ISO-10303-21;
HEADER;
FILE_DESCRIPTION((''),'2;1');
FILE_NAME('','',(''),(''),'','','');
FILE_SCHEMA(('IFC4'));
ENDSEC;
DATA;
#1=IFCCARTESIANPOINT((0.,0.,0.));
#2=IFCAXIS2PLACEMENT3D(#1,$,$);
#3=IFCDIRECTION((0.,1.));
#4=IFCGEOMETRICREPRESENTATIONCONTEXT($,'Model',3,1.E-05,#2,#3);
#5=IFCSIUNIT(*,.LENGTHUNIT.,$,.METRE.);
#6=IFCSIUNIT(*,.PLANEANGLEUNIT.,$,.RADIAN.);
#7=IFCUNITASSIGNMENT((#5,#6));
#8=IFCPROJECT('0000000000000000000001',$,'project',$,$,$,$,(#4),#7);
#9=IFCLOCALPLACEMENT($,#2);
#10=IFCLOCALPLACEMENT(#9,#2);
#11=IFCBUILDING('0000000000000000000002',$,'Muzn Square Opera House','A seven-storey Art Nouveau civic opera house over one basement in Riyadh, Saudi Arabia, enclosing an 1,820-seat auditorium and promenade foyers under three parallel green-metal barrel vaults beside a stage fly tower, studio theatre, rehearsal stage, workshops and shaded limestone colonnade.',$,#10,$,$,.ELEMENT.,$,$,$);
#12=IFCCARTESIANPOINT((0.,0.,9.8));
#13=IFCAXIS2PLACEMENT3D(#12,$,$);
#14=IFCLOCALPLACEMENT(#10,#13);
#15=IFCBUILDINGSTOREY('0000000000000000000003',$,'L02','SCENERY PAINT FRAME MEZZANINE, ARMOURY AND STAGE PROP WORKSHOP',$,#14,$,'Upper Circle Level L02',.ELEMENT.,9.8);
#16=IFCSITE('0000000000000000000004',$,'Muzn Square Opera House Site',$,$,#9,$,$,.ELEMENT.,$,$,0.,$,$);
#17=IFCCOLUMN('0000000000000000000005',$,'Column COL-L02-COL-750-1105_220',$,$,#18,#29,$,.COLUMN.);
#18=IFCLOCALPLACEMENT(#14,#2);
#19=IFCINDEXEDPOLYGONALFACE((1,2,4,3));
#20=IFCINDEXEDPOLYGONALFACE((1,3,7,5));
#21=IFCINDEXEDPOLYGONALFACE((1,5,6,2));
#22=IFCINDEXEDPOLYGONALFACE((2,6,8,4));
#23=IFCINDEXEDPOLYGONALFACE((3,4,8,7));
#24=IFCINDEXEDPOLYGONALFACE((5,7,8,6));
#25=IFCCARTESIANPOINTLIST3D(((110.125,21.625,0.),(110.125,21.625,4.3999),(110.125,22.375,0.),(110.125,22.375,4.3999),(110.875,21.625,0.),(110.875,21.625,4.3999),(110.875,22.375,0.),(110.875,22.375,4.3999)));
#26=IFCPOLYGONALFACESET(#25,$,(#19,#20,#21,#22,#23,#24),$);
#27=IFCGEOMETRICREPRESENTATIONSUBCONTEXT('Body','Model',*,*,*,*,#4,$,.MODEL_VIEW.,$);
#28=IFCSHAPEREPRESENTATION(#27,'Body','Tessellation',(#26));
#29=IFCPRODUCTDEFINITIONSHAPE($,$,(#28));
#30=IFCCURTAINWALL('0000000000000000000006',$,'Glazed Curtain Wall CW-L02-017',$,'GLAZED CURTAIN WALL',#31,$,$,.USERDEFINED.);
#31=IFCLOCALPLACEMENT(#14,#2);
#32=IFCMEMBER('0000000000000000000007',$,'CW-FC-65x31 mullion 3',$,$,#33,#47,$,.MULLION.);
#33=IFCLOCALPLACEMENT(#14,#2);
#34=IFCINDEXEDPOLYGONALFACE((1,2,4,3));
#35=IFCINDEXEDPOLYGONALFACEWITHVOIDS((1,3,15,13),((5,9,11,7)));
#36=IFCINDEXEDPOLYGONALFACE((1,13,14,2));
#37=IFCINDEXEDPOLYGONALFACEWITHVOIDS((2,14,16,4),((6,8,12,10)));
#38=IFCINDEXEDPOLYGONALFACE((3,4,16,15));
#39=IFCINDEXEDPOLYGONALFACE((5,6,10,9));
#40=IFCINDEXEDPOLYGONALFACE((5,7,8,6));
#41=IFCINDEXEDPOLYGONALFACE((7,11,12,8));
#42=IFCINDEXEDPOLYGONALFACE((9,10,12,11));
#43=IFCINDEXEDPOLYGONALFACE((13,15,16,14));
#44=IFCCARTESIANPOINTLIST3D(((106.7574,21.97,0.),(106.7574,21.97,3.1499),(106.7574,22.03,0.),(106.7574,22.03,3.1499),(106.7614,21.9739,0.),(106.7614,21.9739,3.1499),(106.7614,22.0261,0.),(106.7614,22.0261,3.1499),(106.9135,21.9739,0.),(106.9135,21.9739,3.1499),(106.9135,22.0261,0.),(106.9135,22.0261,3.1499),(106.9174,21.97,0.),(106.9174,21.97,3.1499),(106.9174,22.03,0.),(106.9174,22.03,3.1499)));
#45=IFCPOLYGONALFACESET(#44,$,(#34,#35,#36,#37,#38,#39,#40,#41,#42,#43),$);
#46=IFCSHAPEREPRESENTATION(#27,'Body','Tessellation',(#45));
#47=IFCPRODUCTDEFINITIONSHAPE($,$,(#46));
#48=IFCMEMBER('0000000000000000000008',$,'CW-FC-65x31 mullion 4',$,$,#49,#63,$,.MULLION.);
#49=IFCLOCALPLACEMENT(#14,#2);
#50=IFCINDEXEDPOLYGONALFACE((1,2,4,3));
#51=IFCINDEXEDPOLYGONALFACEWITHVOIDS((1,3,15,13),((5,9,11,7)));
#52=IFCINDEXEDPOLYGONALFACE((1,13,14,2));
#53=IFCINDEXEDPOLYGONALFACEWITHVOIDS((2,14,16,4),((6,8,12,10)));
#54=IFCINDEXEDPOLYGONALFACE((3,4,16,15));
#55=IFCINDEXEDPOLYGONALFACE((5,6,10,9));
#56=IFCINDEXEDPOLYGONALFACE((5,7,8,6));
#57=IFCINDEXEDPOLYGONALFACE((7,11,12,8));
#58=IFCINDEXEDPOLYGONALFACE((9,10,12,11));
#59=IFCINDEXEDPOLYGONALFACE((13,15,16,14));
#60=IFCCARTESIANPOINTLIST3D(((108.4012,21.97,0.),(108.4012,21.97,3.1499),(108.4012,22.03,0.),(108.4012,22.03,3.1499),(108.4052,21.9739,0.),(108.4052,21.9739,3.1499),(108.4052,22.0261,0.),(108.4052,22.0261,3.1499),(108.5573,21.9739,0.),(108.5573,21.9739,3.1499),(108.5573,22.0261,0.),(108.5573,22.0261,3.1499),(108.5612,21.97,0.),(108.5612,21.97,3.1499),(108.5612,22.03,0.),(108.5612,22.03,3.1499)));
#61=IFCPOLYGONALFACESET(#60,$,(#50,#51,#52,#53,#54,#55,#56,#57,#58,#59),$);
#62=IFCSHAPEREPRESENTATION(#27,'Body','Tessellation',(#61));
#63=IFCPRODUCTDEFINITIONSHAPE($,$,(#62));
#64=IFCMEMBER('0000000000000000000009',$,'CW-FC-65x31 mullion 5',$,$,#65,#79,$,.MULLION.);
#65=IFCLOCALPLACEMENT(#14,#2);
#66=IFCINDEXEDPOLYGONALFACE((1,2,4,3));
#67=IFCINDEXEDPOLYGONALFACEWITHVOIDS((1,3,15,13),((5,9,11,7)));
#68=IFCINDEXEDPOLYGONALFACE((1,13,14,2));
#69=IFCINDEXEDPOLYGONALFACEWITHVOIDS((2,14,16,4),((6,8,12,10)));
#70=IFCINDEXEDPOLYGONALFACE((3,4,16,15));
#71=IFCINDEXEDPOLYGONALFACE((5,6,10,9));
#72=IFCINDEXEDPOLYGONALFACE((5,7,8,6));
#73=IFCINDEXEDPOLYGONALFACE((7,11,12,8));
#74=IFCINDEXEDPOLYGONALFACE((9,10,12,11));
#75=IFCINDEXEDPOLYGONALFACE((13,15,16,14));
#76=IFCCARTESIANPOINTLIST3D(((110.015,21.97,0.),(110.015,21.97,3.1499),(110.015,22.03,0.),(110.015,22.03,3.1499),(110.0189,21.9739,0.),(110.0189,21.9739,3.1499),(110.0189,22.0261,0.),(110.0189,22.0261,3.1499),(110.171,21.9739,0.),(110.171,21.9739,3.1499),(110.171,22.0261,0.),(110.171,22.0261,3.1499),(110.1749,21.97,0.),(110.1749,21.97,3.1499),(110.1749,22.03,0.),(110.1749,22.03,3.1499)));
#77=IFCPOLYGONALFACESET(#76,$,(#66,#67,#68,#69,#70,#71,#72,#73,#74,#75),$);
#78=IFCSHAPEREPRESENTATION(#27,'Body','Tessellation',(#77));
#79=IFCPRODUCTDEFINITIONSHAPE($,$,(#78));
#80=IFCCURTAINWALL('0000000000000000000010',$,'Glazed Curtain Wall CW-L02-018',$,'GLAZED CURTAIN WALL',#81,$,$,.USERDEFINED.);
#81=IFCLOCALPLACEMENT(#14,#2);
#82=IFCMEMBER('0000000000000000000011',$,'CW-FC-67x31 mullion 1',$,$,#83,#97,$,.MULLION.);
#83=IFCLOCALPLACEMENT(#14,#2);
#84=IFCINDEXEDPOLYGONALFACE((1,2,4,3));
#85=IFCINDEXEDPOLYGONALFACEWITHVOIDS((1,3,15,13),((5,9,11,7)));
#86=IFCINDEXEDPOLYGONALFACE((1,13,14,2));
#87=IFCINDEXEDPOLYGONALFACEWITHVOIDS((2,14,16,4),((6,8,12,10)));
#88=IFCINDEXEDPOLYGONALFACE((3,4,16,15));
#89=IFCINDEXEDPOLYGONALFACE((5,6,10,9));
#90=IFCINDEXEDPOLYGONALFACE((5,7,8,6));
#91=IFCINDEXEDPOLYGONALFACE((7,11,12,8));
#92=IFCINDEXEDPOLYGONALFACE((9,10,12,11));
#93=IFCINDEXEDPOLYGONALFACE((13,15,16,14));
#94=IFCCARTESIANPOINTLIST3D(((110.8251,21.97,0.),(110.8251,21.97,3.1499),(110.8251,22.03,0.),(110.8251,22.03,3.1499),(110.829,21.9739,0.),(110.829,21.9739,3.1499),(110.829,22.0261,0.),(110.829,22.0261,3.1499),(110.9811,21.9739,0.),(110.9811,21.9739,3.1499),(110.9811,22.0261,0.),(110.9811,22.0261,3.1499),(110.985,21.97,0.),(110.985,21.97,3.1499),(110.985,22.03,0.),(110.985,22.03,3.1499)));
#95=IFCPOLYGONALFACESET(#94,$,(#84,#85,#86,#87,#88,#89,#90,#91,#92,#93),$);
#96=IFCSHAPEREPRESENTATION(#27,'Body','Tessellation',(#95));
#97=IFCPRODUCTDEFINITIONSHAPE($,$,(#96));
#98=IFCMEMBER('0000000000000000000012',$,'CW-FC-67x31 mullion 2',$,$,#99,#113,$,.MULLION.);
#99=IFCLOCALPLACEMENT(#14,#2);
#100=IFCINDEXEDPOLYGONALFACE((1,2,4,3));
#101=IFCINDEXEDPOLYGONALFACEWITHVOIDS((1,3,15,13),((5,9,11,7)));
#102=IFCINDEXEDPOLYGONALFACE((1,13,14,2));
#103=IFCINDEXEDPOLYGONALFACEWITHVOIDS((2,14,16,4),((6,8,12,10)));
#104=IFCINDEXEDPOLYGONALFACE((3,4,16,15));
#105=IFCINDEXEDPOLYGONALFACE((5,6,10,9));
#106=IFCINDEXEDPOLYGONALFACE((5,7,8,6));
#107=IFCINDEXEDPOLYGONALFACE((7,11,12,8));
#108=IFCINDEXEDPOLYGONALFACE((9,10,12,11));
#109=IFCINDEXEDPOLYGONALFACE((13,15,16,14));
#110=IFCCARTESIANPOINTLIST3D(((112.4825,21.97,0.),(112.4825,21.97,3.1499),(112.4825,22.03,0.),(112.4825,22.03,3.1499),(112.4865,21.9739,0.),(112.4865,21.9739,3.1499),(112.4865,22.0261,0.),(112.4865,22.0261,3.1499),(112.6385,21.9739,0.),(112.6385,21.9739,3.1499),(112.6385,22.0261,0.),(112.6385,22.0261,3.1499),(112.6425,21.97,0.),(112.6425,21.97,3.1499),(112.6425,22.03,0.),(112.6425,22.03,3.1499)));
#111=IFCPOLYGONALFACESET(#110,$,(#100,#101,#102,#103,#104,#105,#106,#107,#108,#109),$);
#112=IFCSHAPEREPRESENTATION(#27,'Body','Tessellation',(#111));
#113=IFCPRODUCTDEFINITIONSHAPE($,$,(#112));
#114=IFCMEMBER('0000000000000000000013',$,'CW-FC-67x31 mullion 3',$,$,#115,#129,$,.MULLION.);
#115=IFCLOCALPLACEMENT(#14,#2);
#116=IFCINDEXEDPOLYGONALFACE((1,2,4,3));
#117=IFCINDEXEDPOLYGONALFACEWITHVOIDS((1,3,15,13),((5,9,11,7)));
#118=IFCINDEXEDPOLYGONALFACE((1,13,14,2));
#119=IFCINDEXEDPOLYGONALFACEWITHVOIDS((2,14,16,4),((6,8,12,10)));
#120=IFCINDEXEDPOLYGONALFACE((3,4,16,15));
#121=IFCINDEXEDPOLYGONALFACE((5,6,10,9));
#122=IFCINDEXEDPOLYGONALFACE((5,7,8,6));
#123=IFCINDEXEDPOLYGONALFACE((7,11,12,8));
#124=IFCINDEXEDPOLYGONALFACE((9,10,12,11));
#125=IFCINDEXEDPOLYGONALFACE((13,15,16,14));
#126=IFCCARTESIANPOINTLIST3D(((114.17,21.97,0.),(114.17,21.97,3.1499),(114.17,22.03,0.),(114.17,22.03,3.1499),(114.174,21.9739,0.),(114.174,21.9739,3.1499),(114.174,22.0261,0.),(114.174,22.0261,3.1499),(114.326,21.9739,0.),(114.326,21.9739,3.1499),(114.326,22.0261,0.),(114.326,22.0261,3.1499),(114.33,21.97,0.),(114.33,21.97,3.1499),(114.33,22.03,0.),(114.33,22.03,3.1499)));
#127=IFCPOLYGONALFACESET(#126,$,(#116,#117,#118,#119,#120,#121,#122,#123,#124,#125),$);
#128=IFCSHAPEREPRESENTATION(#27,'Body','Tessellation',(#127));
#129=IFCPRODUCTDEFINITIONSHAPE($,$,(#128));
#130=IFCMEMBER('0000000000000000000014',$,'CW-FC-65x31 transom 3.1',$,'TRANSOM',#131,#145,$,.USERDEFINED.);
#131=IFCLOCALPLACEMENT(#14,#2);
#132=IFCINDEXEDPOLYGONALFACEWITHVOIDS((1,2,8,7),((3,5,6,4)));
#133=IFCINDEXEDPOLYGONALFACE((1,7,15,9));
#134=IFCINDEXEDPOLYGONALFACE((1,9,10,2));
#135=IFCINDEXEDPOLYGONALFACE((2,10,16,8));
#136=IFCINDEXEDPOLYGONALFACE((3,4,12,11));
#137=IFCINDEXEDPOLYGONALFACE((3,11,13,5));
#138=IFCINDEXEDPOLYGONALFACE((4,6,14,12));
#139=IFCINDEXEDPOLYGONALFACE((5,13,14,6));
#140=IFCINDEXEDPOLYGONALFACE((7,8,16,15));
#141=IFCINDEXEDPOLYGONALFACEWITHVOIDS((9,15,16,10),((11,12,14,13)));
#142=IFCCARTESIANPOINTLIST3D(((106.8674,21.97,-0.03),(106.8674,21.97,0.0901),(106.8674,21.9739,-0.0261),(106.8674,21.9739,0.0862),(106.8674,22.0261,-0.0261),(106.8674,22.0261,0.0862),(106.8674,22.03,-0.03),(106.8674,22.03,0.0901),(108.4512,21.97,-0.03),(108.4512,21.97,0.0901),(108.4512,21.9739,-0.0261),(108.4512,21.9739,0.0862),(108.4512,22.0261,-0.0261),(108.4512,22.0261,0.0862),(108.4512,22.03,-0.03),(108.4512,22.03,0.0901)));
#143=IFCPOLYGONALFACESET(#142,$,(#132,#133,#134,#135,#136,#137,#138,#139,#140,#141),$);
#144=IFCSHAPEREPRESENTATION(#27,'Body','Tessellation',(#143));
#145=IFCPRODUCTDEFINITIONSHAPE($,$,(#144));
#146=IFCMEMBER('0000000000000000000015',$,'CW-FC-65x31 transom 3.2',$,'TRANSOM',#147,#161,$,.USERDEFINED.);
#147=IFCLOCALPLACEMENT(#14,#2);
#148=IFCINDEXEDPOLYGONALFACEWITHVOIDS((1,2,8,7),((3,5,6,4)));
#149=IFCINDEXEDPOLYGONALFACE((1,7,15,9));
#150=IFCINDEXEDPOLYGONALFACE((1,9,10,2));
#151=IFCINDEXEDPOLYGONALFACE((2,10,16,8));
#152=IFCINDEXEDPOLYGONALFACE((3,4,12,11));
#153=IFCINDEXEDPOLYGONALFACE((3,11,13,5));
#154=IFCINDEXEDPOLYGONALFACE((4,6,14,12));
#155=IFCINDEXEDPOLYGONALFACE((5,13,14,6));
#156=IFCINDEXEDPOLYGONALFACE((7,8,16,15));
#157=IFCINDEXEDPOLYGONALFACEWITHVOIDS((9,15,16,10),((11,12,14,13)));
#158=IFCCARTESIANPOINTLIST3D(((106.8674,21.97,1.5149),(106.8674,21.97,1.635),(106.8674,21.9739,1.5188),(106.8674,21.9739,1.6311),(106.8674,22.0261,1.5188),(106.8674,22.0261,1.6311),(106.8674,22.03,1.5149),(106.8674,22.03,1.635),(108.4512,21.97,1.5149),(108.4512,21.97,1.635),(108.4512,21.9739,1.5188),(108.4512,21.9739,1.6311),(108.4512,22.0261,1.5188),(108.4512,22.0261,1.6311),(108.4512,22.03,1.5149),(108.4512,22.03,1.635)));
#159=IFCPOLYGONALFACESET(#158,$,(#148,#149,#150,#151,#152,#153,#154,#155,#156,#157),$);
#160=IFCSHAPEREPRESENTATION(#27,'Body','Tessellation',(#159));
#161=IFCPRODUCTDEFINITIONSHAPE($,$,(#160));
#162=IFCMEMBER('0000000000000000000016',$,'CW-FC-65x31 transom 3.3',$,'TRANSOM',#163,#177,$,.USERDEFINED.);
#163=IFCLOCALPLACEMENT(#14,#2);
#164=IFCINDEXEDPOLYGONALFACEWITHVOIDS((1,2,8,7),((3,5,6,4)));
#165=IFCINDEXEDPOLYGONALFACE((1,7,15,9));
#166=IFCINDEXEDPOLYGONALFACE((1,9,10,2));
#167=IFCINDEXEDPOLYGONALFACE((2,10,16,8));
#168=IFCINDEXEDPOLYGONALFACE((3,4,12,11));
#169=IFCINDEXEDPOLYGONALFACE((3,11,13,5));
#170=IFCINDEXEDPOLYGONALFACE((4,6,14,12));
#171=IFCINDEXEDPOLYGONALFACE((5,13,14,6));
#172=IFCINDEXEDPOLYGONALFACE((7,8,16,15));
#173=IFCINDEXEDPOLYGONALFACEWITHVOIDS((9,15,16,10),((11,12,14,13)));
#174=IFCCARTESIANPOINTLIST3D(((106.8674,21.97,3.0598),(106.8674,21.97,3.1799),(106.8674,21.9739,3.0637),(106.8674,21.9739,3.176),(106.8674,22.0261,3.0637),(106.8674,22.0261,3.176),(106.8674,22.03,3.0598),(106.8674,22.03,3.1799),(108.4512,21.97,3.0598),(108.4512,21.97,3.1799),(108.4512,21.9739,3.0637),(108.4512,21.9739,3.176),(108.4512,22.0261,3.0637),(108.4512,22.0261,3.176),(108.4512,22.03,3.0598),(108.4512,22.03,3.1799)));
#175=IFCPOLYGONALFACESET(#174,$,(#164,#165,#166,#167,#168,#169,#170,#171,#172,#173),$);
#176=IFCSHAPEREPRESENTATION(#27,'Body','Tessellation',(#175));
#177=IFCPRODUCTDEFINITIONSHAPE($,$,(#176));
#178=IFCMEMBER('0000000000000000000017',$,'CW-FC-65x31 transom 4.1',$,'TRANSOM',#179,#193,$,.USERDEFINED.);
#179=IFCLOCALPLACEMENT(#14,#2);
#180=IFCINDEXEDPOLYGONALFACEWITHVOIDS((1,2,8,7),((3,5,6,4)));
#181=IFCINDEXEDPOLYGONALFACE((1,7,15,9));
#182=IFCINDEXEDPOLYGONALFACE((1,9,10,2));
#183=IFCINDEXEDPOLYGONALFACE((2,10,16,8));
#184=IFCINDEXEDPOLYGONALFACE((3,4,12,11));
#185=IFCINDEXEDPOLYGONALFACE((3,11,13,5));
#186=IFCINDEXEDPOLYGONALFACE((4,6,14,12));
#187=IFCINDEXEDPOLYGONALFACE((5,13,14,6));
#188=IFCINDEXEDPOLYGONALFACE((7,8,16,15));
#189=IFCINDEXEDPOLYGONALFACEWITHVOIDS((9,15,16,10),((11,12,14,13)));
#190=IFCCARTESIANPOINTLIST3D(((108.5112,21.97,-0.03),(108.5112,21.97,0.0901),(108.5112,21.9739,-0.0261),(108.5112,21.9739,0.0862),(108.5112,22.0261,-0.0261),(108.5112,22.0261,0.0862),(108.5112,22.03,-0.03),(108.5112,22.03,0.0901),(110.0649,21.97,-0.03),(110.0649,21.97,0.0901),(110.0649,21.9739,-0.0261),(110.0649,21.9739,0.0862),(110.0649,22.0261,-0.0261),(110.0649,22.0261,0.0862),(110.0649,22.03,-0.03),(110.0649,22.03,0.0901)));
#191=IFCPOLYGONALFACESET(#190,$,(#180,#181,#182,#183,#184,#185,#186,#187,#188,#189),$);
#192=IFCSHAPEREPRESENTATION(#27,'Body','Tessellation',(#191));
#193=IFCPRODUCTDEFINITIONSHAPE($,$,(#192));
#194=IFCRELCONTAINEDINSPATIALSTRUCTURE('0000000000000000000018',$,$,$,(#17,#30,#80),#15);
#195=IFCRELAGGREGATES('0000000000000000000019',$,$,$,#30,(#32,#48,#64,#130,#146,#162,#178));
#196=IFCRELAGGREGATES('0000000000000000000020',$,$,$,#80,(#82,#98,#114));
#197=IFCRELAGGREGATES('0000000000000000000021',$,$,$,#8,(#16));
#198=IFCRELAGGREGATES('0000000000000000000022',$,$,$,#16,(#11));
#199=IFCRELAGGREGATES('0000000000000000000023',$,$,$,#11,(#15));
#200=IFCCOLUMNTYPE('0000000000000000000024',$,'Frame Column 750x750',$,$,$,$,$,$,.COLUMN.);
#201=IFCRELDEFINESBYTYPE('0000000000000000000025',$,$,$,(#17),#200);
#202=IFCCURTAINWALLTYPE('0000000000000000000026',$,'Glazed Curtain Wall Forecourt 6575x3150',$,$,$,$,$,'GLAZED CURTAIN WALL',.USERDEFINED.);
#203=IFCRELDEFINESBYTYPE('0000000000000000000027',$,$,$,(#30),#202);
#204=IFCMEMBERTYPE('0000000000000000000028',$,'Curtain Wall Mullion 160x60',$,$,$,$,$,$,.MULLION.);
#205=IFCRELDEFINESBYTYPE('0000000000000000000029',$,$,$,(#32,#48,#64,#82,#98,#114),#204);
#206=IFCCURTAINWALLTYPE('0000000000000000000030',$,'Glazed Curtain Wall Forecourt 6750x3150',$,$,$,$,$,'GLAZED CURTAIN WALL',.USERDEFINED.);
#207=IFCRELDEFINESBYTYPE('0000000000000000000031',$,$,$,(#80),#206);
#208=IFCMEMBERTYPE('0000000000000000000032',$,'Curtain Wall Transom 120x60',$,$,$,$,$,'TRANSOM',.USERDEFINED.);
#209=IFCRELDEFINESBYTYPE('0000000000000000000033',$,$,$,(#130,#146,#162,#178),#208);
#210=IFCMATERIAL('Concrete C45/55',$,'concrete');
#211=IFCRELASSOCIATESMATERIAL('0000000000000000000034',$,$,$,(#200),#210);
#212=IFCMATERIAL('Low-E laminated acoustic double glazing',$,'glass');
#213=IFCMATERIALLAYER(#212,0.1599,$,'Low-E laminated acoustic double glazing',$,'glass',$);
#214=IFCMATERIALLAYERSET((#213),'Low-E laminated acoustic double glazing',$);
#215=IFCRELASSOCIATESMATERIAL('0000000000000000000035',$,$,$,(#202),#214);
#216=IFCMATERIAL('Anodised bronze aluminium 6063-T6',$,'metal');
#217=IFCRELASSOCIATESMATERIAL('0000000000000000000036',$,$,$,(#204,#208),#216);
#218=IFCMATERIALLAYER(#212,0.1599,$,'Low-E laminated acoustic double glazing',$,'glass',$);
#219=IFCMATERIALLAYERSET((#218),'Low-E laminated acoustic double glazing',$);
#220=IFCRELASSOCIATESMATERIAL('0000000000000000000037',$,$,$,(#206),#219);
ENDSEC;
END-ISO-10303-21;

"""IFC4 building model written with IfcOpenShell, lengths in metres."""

from ifc_helpers import new_model, si_unit, direction, frame, origin, origin_2d, place, context, subcontext, project, spatial, rectangle, hollow_rectangle, extrude, material, layer, layer_set, material_profile, profile_set, type_object, element, aggregate, save


model = new_model("IFC4")

# Units and contexts
model_context = context("Model", 3, precision=1e-05, world=origin(), true_north=direction((0.0, 1.0)))
body_context = subcontext(model_context, "Body", "Model", "MODEL_VIEW")
ifc_project = project(units=[si_unit("LENGTHUNIT", "METRE"), si_unit("PLANEANGLEUNIT", "RADIAN")], contexts=[model_context])

# Site, building, storey
site_placement = place(None, origin())
site = spatial("IfcSite", under=ifc_project, at=site_placement, Name="Muzn Square Opera House Site", CompositionType="ELEMENT", RefElevation=0.0)
building_placement = place(site_placement, origin())
building = spatial("IfcBuilding", under=site, at=building_placement, Name="Muzn Square Opera House", Description="A seven-storey Art Nouveau civic opera house over one basement in Riyadh, Saudi Arabia, enclosing an 1,820-seat auditorium and promenade foyers under three parallel green-metal barrel vaults beside a stage fly tower, studio theatre, rehearsal stage, workshops and shaded limestone colonnade.", CompositionType="ELEMENT")
storey_placement = place(building_placement, frame((0.0, 0.0, 9.8)))
storey = spatial("IfcBuildingStorey", under=building, at=storey_placement, Name="L02", Description="SCENERY PAINT FRAME MEZZANINE, ARMOURY AND STAGE PROP WORKSHOP", LongName="Upper Circle Level L02", CompositionType="ELEMENT", Elevation=9.8)

# Column
ifc_material_1 = material(Name="Concrete C45/55", Category="concrete")
ifc_material_profile_1 = material_profile(ifc_material_1, rectangle(XDim=0.75, YDim=0.75, at=origin_2d()), Name="RC 750x750", Category="concrete")
ifc_profile_set_1 = profile_set([ifc_material_profile_1], Name="Concrete C45/55")
column_type = type_object("IfcColumnType", Name="Frame Column 750x750", PredefinedType="COLUMN", material=ifc_profile_set_1)
column_placement = place(storey_placement, frame((110.5, 22.0, 0.0), z_axis=(0.0, 0.0, 1.0), x_axis=(1.0, 0.0, 0.0)))
element("IfcColumn", 1, at=column_placement, inside=storey, type_object=column_type, Name="Column COL-L02-COL-750-1105_220", PredefinedType="COLUMN", context=body_context, shape_type="SweptSolid", body=[
    extrude(rectangle(XDim=0.75, YDim=0.75, at=origin_2d()), origin(), (0.0, 0.0, 1.0), 4.3999),
])

# Curtain walls, members
ifc_material_2 = material(Name="Low-E laminated acoustic double glazing", Category="glass")
ifc_layer_1 = layer(ifc_material_2, 0.1599, Name="Low-E laminated acoustic double glazing", Category="glass")
ifc_layer_set_1 = layer_set([ifc_layer_1], Name="Low-E laminated acoustic double glazing")
curtain_wall_type_1 = type_object("IfcCurtainWallType", Name="Glazed Curtain Wall Forecourt 6575x3150", ElementType="GLAZED CURTAIN WALL", PredefinedType="USERDEFINED", material=ifc_layer_set_1)
curtain_wall_1_placement = place(storey_placement, origin())
curtain_wall_1 = element("IfcCurtainWall", 2, at=curtain_wall_1_placement, inside=storey, type_object=curtain_wall_type_1, Name="Glazed Curtain Wall CW-L02-017", ObjectType="GLAZED CURTAIN WALL", PredefinedType="USERDEFINED")
ifc_material_3 = material(Name="Anodised bronze aluminium 6063-T6", Category="metal")
ifc_material_profile_2 = material_profile(ifc_material_3, hollow_rectangle(XDim=0.0601, YDim=0.1599, WallThickness=0.0039, at=origin_2d()), Name="ALU 160x60x4", Category="metal")
ifc_profile_set_2 = profile_set([ifc_material_profile_2], Name="Anodised bronze aluminium 6063-T6")
member_type_1 = type_object("IfcMemberType", Name="Curtain Wall Mullion 160x60", PredefinedType="MULLION", material=ifc_profile_set_2)
member_1_placement = place(storey_placement, frame((106.8374, 22.0, 0.0), z_axis=(0.0, 0.0, 1.0), x_axis=(0.0, 1.0, 0.0)))
member_1 = element("IfcMember", 3, at=member_1_placement, type_object=member_type_1, Name="CW-FC-65x31 mullion 3", PredefinedType="MULLION", context=body_context, shape_type="SweptSolid", body=[
    extrude(hollow_rectangle(XDim=0.0601, YDim=0.1599, WallThickness=0.0039, at=origin_2d()), origin(), (0.0, 0.0, 1.0), 3.1499),
])
member_2_placement = place(storey_placement, frame((108.4812, 22.0, 0.0), z_axis=(0.0, 0.0, 1.0), x_axis=(0.0, 1.0, 0.0)))
member_2 = element("IfcMember", 4, at=member_2_placement, type_object=member_type_1, Name="CW-FC-65x31 mullion 4", PredefinedType="MULLION", context=body_context, shape_type="SweptSolid", body=[
    extrude(hollow_rectangle(XDim=0.0601, YDim=0.1599, WallThickness=0.0039, at=origin_2d()), origin(), (0.0, 0.0, 1.0), 3.1499),
])
member_3_placement = place(storey_placement, frame((110.095, 22.0, 0.0), z_axis=(0.0, 0.0, 1.0), x_axis=(0.0, 1.0, 0.0)))
member_3 = element("IfcMember", 5, at=member_3_placement, type_object=member_type_1, Name="CW-FC-65x31 mullion 5", PredefinedType="MULLION", context=body_context, shape_type="SweptSolid", body=[
    extrude(hollow_rectangle(XDim=0.0601, YDim=0.1599, WallThickness=0.0039, at=origin_2d()), origin(), (0.0, 0.0, 1.0), 3.1499),
])
ifc_layer_2 = layer(ifc_material_2, 0.1599, Name="Low-E laminated acoustic double glazing", Category="glass")
ifc_layer_set_2 = layer_set([ifc_layer_2], Name="Low-E laminated acoustic double glazing")
curtain_wall_type_2 = type_object("IfcCurtainWallType", Name="Glazed Curtain Wall Forecourt 6750x3150", ElementType="GLAZED CURTAIN WALL", PredefinedType="USERDEFINED", material=ifc_layer_set_2)
curtain_wall_2_placement = place(storey_placement, origin())
curtain_wall_2 = element("IfcCurtainWall", 6, at=curtain_wall_2_placement, inside=storey, type_object=curtain_wall_type_2, Name="Glazed Curtain Wall CW-L02-018", ObjectType="GLAZED CURTAIN WALL", PredefinedType="USERDEFINED")
member_4_placement = place(storey_placement, frame((110.905, 22.0, 0.0), z_axis=(0.0, 0.0, 1.0), x_axis=(0.0, 1.0, 0.0)))
member_4 = element("IfcMember", 7, at=member_4_placement, type_object=member_type_1, Name="CW-FC-67x31 mullion 1", PredefinedType="MULLION", context=body_context, shape_type="SweptSolid", body=[
    extrude(hollow_rectangle(XDim=0.0601, YDim=0.1599, WallThickness=0.0039, at=origin_2d()), origin(), (0.0, 0.0, 1.0), 3.1499),
])
member_5_placement = place(storey_placement, frame((112.5625, 22.0, 0.0), z_axis=(0.0, 0.0, 1.0), x_axis=(0.0, 1.0, 0.0)))
member_5 = element("IfcMember", 8, at=member_5_placement, type_object=member_type_1, Name="CW-FC-67x31 mullion 2", PredefinedType="MULLION", context=body_context, shape_type="SweptSolid", body=[
    extrude(hollow_rectangle(XDim=0.0601, YDim=0.1599, WallThickness=0.0039, at=origin_2d()), origin(), (0.0, 0.0, 1.0), 3.1499),
])
member_6_placement = place(storey_placement, frame((114.25, 22.0, 0.0), z_axis=(0.0, 0.0, 1.0), x_axis=(0.0, 1.0, 0.0)))
member_6 = element("IfcMember", 9, at=member_6_placement, type_object=member_type_1, Name="CW-FC-67x31 mullion 3", PredefinedType="MULLION", context=body_context, shape_type="SweptSolid", body=[
    extrude(hollow_rectangle(XDim=0.0601, YDim=0.1599, WallThickness=0.0039, at=origin_2d()), origin(), (0.0, 0.0, 1.0), 3.1499),
])

# Members
ifc_material_profile_3 = material_profile(ifc_material_3, hollow_rectangle(XDim=0.0601, YDim=0.1201, WallThickness=0.0039, at=origin_2d()), Name="ALU 120x60x4", Category="metal")
ifc_profile_set_3 = profile_set([ifc_material_profile_3], Name="Anodised bronze aluminium 6063-T6")
member_type_2 = type_object("IfcMemberType", Name="Curtain Wall Transom 120x60", ElementType="TRANSOM", PredefinedType="USERDEFINED", material=ifc_profile_set_3)
member_7_placement = place(storey_placement, frame((106.8674, 22.0, 0.03), z_axis=(1.0, 0.0, 0.0), x_axis=(0.0, 1.0, 0.0)))
member_7 = element("IfcMember", 10, at=member_7_placement, type_object=member_type_2, Name="CW-FC-65x31 transom 3.1", ObjectType="TRANSOM", PredefinedType="USERDEFINED", context=body_context, shape_type="SweptSolid", body=[
    extrude(hollow_rectangle(XDim=0.0601, YDim=0.1201, WallThickness=0.0039, at=origin_2d()), origin(), (0.0, 0.0, 1.0), 1.5837),
])
member_8_placement = place(storey_placement, frame((106.8674, 22.0, 1.575), z_axis=(1.0, 0.0, 0.0), x_axis=(0.0, 1.0, 0.0)))
member_8 = element("IfcMember", 11, at=member_8_placement, type_object=member_type_2, Name="CW-FC-65x31 transom 3.2", ObjectType="TRANSOM", PredefinedType="USERDEFINED", context=body_context, shape_type="SweptSolid", body=[
    extrude(hollow_rectangle(XDim=0.0601, YDim=0.1201, WallThickness=0.0039, at=origin_2d()), origin(), (0.0, 0.0, 1.0), 1.5837),
])
member_9_placement = place(storey_placement, frame((106.8674, 22.0, 3.1199), z_axis=(1.0, 0.0, 0.0), x_axis=(0.0, 1.0, 0.0)))
member_9 = element("IfcMember", 12, at=member_9_placement, type_object=member_type_2, Name="CW-FC-65x31 transom 3.3", ObjectType="TRANSOM", PredefinedType="USERDEFINED", context=body_context, shape_type="SweptSolid", body=[
    extrude(hollow_rectangle(XDim=0.0601, YDim=0.1201, WallThickness=0.0039, at=origin_2d()), origin(), (0.0, 0.0, 1.0), 1.5837),
])
member_10_placement = place(storey_placement, frame((108.5112, 22.0, 0.03), z_axis=(1.0, 0.0, 0.0), x_axis=(0.0, 1.0, 0.0)))
member_10 = element("IfcMember", 13, at=member_10_placement, type_object=member_type_2, Name="CW-FC-65x31 transom 4.1", ObjectType="TRANSOM", PredefinedType="USERDEFINED", context=body_context, shape_type="SweptSolid", body=[
    extrude(hollow_rectangle(XDim=0.0601, YDim=0.1201, WallThickness=0.0039, at=origin_2d()), origin(), (0.0, 0.0, 1.0), 1.5537),
])

aggregate(curtain_wall_1, [member_1, member_2, member_3, member_7, member_8, member_9, member_10])
aggregate(curtain_wall_2, [member_4, member_5, member_6])

save(model, "model.ifc")
